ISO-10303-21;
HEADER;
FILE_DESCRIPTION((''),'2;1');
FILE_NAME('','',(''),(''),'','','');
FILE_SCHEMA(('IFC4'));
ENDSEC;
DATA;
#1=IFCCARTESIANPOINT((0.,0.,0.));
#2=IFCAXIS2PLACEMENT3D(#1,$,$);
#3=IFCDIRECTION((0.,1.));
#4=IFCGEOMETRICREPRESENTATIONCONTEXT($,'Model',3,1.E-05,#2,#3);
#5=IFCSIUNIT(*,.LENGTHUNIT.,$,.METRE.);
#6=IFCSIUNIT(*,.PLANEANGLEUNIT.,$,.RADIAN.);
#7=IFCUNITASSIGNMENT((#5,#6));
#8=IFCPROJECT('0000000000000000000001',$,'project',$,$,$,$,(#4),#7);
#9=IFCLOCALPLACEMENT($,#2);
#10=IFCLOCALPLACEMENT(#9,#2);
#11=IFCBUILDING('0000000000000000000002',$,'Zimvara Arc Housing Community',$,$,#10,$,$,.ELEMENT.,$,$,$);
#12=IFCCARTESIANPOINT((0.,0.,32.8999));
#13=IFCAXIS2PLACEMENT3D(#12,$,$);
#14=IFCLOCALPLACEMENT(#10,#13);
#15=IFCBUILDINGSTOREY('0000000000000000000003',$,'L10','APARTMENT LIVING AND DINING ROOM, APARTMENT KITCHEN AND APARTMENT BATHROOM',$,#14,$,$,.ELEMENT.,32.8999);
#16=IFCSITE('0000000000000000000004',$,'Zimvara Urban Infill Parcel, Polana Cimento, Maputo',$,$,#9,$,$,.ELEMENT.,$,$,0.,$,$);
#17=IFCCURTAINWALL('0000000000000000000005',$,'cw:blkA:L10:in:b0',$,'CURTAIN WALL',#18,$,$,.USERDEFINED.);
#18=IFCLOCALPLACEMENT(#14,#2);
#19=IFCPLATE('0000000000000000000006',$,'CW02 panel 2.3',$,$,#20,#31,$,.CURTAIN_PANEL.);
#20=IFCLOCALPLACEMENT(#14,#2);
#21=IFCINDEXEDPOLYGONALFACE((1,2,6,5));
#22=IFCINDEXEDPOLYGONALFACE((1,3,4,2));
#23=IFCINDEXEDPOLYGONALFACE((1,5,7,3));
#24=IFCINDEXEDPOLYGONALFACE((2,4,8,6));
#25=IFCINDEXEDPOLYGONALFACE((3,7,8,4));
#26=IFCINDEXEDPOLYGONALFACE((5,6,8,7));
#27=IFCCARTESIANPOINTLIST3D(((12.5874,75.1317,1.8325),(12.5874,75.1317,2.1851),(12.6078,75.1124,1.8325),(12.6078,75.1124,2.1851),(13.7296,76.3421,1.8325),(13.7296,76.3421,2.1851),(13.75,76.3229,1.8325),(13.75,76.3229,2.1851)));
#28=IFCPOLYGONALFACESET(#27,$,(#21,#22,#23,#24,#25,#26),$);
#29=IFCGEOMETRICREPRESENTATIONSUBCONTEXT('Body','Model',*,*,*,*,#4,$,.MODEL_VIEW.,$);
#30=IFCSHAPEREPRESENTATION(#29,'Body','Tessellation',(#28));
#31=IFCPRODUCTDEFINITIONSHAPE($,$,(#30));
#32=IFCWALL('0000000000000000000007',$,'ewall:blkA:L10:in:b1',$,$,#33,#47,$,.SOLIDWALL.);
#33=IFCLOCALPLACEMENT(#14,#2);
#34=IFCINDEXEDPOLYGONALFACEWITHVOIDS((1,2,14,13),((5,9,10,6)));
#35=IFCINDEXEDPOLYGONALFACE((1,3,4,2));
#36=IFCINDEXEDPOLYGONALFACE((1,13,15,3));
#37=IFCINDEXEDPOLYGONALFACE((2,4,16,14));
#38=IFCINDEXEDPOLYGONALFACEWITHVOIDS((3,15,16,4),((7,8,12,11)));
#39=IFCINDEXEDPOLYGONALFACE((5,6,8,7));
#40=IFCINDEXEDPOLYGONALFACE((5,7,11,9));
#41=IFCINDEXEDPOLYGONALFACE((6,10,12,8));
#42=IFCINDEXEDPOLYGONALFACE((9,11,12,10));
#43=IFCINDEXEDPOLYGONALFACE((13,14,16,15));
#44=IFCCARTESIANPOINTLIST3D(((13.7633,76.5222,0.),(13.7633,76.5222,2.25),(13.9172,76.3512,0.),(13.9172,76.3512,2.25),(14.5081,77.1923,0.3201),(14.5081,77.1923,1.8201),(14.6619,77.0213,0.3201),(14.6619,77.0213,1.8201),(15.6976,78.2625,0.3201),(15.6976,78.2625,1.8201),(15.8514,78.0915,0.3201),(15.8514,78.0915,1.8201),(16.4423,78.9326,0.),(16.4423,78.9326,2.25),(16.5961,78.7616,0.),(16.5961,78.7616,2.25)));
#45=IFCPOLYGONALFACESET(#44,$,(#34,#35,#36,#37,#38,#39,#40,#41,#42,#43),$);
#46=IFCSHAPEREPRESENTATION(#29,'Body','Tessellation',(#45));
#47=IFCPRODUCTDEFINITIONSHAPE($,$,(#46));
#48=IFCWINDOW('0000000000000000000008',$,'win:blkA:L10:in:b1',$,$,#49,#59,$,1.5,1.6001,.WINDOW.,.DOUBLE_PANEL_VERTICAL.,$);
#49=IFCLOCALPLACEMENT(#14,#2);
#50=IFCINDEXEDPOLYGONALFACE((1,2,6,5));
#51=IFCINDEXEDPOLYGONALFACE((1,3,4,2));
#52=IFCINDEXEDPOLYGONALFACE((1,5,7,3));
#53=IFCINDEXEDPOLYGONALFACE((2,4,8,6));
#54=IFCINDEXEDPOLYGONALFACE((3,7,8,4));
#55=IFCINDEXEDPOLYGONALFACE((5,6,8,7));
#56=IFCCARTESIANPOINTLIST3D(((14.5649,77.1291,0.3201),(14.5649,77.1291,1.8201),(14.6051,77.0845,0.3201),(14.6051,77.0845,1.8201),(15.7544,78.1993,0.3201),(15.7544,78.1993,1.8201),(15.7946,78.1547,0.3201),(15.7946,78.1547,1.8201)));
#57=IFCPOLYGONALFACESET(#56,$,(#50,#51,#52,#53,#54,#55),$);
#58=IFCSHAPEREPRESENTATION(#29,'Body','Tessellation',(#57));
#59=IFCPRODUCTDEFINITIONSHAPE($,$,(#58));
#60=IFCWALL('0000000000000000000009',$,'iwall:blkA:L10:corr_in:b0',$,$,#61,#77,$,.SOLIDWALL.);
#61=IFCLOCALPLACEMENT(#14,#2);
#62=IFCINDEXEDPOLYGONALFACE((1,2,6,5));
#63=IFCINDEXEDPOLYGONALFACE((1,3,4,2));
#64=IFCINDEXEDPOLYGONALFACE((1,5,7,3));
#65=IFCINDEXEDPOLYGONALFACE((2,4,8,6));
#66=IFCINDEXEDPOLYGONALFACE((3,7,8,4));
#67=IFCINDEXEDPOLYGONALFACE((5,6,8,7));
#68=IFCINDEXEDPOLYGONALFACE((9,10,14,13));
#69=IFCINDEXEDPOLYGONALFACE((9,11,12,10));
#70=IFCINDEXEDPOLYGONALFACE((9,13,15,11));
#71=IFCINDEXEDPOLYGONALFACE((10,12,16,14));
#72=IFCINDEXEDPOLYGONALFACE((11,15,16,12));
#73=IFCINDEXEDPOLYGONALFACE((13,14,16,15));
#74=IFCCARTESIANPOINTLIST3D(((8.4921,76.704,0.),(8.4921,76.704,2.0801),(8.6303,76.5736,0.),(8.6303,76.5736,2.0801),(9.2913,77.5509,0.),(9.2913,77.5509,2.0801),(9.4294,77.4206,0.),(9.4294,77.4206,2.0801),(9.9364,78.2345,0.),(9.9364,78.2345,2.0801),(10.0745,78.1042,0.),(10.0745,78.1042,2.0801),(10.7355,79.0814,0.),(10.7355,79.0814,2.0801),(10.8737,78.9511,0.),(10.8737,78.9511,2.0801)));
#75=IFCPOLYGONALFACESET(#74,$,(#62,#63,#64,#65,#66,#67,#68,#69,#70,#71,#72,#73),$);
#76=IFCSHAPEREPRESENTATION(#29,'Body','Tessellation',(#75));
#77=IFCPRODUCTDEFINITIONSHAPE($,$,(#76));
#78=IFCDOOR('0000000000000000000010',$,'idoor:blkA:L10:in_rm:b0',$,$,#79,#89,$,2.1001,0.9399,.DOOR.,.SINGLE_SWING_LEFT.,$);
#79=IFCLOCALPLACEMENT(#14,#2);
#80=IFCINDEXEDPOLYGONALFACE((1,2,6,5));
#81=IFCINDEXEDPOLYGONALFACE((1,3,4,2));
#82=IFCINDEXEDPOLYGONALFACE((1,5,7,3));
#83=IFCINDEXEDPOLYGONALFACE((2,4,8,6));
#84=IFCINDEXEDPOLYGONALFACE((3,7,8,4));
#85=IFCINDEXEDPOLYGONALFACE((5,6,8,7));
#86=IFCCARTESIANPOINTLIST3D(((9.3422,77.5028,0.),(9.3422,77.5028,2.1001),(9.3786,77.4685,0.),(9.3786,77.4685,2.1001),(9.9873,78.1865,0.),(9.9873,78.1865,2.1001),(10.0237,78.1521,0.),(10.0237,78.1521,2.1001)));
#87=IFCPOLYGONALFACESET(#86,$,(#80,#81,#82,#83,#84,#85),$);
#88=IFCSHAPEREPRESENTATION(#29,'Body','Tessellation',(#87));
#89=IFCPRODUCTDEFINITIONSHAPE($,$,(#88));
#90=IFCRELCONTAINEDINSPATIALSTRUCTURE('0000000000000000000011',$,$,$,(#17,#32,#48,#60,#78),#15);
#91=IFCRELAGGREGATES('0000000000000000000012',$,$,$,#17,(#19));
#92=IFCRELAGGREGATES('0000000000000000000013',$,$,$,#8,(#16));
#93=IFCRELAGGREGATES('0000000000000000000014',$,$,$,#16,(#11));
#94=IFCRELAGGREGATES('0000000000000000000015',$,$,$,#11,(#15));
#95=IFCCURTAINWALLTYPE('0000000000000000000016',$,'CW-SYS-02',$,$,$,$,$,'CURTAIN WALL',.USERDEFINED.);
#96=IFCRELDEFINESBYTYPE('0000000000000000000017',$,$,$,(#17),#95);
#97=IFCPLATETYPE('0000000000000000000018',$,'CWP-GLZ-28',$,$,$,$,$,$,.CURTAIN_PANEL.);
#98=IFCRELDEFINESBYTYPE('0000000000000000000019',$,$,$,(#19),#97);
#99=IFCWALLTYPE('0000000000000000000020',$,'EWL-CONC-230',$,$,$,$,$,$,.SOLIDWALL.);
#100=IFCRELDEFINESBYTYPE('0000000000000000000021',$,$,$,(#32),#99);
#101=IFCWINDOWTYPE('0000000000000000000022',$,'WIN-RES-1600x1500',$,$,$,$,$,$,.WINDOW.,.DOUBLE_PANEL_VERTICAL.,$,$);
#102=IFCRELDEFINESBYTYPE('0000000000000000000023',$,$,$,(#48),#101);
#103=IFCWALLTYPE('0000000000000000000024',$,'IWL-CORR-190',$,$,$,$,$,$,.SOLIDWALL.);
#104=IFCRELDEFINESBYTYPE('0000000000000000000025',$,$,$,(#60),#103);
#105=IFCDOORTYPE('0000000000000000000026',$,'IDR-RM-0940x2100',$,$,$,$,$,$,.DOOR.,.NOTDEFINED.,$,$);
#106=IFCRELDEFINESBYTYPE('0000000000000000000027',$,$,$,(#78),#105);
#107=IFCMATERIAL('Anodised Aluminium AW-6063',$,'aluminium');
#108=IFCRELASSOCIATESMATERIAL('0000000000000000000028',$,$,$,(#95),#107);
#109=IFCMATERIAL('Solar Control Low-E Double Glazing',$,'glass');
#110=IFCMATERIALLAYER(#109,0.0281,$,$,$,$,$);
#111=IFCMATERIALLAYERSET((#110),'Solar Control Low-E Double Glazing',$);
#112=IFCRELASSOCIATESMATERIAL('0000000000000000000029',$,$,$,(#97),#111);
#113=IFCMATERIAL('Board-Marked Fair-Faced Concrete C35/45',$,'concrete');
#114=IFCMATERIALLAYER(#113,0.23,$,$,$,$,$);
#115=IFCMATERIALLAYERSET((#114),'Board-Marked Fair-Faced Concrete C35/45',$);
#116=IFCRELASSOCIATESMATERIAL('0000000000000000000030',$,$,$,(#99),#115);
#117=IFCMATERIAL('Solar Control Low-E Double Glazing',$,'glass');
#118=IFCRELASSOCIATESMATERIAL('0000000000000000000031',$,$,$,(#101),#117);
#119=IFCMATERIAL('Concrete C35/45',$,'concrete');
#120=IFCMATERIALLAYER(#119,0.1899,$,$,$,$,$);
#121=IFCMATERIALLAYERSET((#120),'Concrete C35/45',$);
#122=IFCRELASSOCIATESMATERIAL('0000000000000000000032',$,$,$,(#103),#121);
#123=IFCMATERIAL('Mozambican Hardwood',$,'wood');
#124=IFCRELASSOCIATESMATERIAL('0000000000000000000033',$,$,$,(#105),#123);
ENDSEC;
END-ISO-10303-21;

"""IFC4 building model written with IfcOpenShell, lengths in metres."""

from ifc_helpers import new_model, si_unit, direction, frame, frame_2d, origin, origin_2d, place, context, subcontext, project, spatial, rectangle, extrude, material, layer, layer_set, type_object, element, fill, aggregate, save


model = new_model("IFC4")

# Units and contexts
model_context = context("Model", 3, precision=1e-05, world=origin(), true_north=direction((0.0, 1.0)))
body_context = subcontext(model_context, "Body", "Model", "MODEL_VIEW")
ifc_project = project(units=[si_unit("LENGTHUNIT", "METRE"), si_unit("PLANEANGLEUNIT", "RADIAN")], contexts=[model_context])

# Site, building, storey
site_placement = place(None, origin())
site = spatial("IfcSite", under=ifc_project, at=site_placement, Name="Zimvara Urban Infill Parcel, Polana Cimento, Maputo", CompositionType="ELEMENT", RefElevation=0.0)
building_placement = place(site_placement, origin())
building = spatial("IfcBuilding", under=site, at=building_placement, Name="Zimvara Arc Housing Community", CompositionType="ELEMENT")
storey_placement = place(building_placement, frame((0.0, 0.0, 32.8999)))
storey = spatial("IfcBuildingStorey", under=building, at=storey_placement, Name="L10", Description="APARTMENT LIVING AND DINING ROOM, APARTMENT KITCHEN AND APARTMENT BATHROOM", CompositionType="ELEMENT", Elevation=32.8999)

# Curtain wall
ifc_material_1 = material(Name="Anodised Aluminium AW-6063", Category="aluminium")
curtain_wall_type_1 = type_object("IfcCurtainWallType", Name="CW-SYS-02", ElementType="CURTAIN WALL", PredefinedType="USERDEFINED", material=ifc_material_1)
curtain_wall_1_placement = place(storey_placement, origin())
curtain_wall_1 = element("IfcCurtainWall", 1, at=curtain_wall_1_placement, inside=storey, type_object=curtain_wall_type_1, Name="cw:blkA:L10:in:b0", ObjectType="CURTAIN WALL", PredefinedType="USERDEFINED")

# Plate
ifc_material_2 = material(Name="Solar Control Low-E Double Glazing", Category="glass")
ifc_layer_1 = layer(ifc_material_2, 0.0281)
ifc_layer_set_1 = layer_set([ifc_layer_1], Name="Solar Control Low-E Double Glazing")
plate_type = type_object("IfcPlateType", Name="CWP-GLZ-28", PredefinedType="CURTAIN_PANEL", material=ifc_layer_set_1)
plate_1_placement = place(storey_placement, frame((13.1687, 75.7273, 1.8325), z_axis=(0.0, 0.0, 1.0), x_axis=(0.686327, 0.727293, 0.0)))
plate_1 = element("IfcPlate", 2, at=plate_1_placement, type_object=plate_type, Name="CW02 panel 2.3", PredefinedType="CURTAIN_PANEL", context=body_context, shape_type="SweptSolid", body=[
    extrude(rectangle(XDim=1.6643, YDim=0.0281, at=origin_2d()), origin(), (0.0, 0.0, 1.0), 0.3525),
])
aggregate(curtain_wall_1, [plate_1])

# Wall, opening, window
ifc_material_3 = material(Name="Board-Marked Fair-Faced Concrete C35/45", Category="concrete")
ifc_layer_2 = layer(ifc_material_3, 0.23)
ifc_layer_set_2 = layer_set([ifc_layer_2], Name="Board-Marked Fair-Faced Concrete C35/45")
wall_type_1 = type_object("IfcWallType", Name="EWL-CONC-230", PredefinedType="SOLIDWALL", material=ifc_layer_set_2)
wall_1_placement = place(storey_placement, frame((13.8403, 76.4368, 0.0), z_axis=(0.0, 0.0, 1.0), x_axis=(0.743385, 0.668864, 0.0)))
wall_1 = element("IfcWall", 3, at=wall_1_placement, inside=storey, type_object=wall_type_1, Name="ewall:blkA:L10:in:b1", PredefinedType="SOLIDWALL", context=body_context, shape_type="SweptSolid", body=[
    extrude(rectangle(XDim=3.6038, YDim=0.23, at=frame_2d((1.8018, 0.0))), origin(), (0.0, 0.0, 1.0), 2.25),
])
opening_1_placement = place(wall_1_placement, frame((1.0017, 0.0, 0.3201)))
opening_1 = element("IfcOpeningElement", 4, at=opening_1_placement, cuts=wall_1, PredefinedType="OPENING", context=body_context, shape_type="SweptSolid", body=[
    extrude(rectangle(XDim=1.6001, YDim=1.5, at=frame_2d((0.8, 0.75))), frame((0.0, 0.125, 0.0), z_axis=(0.0, -1.0, 0.0), x_axis=(1.0, 0.0, 0.0)), (0.0, 0.0, 1.0), 0.25),
])
ifc_material_4 = material(Name="Solar Control Low-E Double Glazing", Category="glass")
window_type = type_object("IfcWindowType", Name="WIN-RES-1600x1500", PartitioningType="DOUBLE_PANEL_VERTICAL", PredefinedType="WINDOW", material=ifc_material_4)
window_placement = place(opening_1_placement, origin())
window = element("IfcWindow", 5, at=window_placement, inside=storey, type_object=window_type, Name="win:blkA:L10:in:b1", OverallHeight=1.5, OverallWidth=1.6001, PartitioningType="DOUBLE_PANEL_VERTICAL", PredefinedType="WINDOW", context=body_context, shape_type="SweptSolid", body=[
    extrude(rectangle(XDim=1.6001, YDim=1.5, at=frame_2d((0.8, 0.75))), frame((0.0, 0.03, 0.0), z_axis=(0.0, -1.0, 0.0), x_axis=(1.0, 0.0, 0.0)), (0.0, 0.0, 1.0), 0.0601),
])
fill(opening_1, window)

# Wall, opening, door
ifc_material_5 = material(Name="Concrete C35/45", Category="concrete")
ifc_layer_3 = layer(ifc_material_5, 0.1899)
ifc_layer_set_3 = layer_set([ifc_layer_3], Name="Concrete C35/45")
wall_type_2 = type_object("IfcWallType", Name="IWL-CORR-190", PredefinedType="SOLIDWALL", material=ifc_layer_set_3)
wall_2_placement = place(storey_placement, frame((8.5613, 76.6389, 0.0), z_axis=(0.0, 0.0, 1.0), x_axis=(0.686308, 0.727311, 0.0)))
wall_2 = element("IfcWall", 6, at=wall_2_placement, inside=storey, type_object=wall_type_2, Name="iwall:blkA:L10:corr_in:b0", PredefinedType="SOLIDWALL", context=body_context, shape_type="SweptSolid", body=[
    extrude(rectangle(XDim=3.2688, YDim=0.1899, at=frame_2d((1.6343, 0.0))), origin(), (0.0, 0.0, 1.0), 2.0801),
])
opening_2_placement = place(wall_2_placement, frame((1.1643, 0.0, 0.0)))
opening_2 = element("IfcOpeningElement", 7, at=opening_2_placement, cuts=wall_2, PredefinedType="OPENING", context=body_context, shape_type="SweptSolid", body=[
    extrude(rectangle(XDim=0.9399, YDim=2.1001, at=frame_2d((0.47, 1.05))), frame((0.0, 0.105, 0.0), z_axis=(0.0, -1.0, 0.0), x_axis=(1.0, 0.0, 0.0)), (0.0, 0.0, 1.0), 0.21),
])
ifc_material_6 = material(Name="Mozambican Hardwood", Category="wood")
door_type_1 = type_object("IfcDoorType", Name="IDR-RM-0940x2100", OperationType="NOTDEFINED", PredefinedType="DOOR", material=ifc_material_6)
door_1_placement = place(opening_2_placement, origin())
door_1 = element("IfcDoor", 8, at=door_1_placement, inside=storey, type_object=door_type_1, Name="idoor:blkA:L10:in_rm:b0", OperationType="SINGLE_SWING_LEFT", OverallHeight=2.1001, OverallWidth=0.9399, PredefinedType="DOOR", context=body_context, shape_type="SweptSolid", body=[
    extrude(rectangle(XDim=0.9399, YDim=2.1001, at=frame_2d((0.47, 1.05))), frame((0.0, 0.0249, 0.0), z_axis=(0.0, -1.0, 0.0), x_axis=(1.0, 0.0, 0.0)), (0.0, 0.0, 1.0), 0.05),
])
fill(opening_2, door_1)

save(model, "model.ifc")
